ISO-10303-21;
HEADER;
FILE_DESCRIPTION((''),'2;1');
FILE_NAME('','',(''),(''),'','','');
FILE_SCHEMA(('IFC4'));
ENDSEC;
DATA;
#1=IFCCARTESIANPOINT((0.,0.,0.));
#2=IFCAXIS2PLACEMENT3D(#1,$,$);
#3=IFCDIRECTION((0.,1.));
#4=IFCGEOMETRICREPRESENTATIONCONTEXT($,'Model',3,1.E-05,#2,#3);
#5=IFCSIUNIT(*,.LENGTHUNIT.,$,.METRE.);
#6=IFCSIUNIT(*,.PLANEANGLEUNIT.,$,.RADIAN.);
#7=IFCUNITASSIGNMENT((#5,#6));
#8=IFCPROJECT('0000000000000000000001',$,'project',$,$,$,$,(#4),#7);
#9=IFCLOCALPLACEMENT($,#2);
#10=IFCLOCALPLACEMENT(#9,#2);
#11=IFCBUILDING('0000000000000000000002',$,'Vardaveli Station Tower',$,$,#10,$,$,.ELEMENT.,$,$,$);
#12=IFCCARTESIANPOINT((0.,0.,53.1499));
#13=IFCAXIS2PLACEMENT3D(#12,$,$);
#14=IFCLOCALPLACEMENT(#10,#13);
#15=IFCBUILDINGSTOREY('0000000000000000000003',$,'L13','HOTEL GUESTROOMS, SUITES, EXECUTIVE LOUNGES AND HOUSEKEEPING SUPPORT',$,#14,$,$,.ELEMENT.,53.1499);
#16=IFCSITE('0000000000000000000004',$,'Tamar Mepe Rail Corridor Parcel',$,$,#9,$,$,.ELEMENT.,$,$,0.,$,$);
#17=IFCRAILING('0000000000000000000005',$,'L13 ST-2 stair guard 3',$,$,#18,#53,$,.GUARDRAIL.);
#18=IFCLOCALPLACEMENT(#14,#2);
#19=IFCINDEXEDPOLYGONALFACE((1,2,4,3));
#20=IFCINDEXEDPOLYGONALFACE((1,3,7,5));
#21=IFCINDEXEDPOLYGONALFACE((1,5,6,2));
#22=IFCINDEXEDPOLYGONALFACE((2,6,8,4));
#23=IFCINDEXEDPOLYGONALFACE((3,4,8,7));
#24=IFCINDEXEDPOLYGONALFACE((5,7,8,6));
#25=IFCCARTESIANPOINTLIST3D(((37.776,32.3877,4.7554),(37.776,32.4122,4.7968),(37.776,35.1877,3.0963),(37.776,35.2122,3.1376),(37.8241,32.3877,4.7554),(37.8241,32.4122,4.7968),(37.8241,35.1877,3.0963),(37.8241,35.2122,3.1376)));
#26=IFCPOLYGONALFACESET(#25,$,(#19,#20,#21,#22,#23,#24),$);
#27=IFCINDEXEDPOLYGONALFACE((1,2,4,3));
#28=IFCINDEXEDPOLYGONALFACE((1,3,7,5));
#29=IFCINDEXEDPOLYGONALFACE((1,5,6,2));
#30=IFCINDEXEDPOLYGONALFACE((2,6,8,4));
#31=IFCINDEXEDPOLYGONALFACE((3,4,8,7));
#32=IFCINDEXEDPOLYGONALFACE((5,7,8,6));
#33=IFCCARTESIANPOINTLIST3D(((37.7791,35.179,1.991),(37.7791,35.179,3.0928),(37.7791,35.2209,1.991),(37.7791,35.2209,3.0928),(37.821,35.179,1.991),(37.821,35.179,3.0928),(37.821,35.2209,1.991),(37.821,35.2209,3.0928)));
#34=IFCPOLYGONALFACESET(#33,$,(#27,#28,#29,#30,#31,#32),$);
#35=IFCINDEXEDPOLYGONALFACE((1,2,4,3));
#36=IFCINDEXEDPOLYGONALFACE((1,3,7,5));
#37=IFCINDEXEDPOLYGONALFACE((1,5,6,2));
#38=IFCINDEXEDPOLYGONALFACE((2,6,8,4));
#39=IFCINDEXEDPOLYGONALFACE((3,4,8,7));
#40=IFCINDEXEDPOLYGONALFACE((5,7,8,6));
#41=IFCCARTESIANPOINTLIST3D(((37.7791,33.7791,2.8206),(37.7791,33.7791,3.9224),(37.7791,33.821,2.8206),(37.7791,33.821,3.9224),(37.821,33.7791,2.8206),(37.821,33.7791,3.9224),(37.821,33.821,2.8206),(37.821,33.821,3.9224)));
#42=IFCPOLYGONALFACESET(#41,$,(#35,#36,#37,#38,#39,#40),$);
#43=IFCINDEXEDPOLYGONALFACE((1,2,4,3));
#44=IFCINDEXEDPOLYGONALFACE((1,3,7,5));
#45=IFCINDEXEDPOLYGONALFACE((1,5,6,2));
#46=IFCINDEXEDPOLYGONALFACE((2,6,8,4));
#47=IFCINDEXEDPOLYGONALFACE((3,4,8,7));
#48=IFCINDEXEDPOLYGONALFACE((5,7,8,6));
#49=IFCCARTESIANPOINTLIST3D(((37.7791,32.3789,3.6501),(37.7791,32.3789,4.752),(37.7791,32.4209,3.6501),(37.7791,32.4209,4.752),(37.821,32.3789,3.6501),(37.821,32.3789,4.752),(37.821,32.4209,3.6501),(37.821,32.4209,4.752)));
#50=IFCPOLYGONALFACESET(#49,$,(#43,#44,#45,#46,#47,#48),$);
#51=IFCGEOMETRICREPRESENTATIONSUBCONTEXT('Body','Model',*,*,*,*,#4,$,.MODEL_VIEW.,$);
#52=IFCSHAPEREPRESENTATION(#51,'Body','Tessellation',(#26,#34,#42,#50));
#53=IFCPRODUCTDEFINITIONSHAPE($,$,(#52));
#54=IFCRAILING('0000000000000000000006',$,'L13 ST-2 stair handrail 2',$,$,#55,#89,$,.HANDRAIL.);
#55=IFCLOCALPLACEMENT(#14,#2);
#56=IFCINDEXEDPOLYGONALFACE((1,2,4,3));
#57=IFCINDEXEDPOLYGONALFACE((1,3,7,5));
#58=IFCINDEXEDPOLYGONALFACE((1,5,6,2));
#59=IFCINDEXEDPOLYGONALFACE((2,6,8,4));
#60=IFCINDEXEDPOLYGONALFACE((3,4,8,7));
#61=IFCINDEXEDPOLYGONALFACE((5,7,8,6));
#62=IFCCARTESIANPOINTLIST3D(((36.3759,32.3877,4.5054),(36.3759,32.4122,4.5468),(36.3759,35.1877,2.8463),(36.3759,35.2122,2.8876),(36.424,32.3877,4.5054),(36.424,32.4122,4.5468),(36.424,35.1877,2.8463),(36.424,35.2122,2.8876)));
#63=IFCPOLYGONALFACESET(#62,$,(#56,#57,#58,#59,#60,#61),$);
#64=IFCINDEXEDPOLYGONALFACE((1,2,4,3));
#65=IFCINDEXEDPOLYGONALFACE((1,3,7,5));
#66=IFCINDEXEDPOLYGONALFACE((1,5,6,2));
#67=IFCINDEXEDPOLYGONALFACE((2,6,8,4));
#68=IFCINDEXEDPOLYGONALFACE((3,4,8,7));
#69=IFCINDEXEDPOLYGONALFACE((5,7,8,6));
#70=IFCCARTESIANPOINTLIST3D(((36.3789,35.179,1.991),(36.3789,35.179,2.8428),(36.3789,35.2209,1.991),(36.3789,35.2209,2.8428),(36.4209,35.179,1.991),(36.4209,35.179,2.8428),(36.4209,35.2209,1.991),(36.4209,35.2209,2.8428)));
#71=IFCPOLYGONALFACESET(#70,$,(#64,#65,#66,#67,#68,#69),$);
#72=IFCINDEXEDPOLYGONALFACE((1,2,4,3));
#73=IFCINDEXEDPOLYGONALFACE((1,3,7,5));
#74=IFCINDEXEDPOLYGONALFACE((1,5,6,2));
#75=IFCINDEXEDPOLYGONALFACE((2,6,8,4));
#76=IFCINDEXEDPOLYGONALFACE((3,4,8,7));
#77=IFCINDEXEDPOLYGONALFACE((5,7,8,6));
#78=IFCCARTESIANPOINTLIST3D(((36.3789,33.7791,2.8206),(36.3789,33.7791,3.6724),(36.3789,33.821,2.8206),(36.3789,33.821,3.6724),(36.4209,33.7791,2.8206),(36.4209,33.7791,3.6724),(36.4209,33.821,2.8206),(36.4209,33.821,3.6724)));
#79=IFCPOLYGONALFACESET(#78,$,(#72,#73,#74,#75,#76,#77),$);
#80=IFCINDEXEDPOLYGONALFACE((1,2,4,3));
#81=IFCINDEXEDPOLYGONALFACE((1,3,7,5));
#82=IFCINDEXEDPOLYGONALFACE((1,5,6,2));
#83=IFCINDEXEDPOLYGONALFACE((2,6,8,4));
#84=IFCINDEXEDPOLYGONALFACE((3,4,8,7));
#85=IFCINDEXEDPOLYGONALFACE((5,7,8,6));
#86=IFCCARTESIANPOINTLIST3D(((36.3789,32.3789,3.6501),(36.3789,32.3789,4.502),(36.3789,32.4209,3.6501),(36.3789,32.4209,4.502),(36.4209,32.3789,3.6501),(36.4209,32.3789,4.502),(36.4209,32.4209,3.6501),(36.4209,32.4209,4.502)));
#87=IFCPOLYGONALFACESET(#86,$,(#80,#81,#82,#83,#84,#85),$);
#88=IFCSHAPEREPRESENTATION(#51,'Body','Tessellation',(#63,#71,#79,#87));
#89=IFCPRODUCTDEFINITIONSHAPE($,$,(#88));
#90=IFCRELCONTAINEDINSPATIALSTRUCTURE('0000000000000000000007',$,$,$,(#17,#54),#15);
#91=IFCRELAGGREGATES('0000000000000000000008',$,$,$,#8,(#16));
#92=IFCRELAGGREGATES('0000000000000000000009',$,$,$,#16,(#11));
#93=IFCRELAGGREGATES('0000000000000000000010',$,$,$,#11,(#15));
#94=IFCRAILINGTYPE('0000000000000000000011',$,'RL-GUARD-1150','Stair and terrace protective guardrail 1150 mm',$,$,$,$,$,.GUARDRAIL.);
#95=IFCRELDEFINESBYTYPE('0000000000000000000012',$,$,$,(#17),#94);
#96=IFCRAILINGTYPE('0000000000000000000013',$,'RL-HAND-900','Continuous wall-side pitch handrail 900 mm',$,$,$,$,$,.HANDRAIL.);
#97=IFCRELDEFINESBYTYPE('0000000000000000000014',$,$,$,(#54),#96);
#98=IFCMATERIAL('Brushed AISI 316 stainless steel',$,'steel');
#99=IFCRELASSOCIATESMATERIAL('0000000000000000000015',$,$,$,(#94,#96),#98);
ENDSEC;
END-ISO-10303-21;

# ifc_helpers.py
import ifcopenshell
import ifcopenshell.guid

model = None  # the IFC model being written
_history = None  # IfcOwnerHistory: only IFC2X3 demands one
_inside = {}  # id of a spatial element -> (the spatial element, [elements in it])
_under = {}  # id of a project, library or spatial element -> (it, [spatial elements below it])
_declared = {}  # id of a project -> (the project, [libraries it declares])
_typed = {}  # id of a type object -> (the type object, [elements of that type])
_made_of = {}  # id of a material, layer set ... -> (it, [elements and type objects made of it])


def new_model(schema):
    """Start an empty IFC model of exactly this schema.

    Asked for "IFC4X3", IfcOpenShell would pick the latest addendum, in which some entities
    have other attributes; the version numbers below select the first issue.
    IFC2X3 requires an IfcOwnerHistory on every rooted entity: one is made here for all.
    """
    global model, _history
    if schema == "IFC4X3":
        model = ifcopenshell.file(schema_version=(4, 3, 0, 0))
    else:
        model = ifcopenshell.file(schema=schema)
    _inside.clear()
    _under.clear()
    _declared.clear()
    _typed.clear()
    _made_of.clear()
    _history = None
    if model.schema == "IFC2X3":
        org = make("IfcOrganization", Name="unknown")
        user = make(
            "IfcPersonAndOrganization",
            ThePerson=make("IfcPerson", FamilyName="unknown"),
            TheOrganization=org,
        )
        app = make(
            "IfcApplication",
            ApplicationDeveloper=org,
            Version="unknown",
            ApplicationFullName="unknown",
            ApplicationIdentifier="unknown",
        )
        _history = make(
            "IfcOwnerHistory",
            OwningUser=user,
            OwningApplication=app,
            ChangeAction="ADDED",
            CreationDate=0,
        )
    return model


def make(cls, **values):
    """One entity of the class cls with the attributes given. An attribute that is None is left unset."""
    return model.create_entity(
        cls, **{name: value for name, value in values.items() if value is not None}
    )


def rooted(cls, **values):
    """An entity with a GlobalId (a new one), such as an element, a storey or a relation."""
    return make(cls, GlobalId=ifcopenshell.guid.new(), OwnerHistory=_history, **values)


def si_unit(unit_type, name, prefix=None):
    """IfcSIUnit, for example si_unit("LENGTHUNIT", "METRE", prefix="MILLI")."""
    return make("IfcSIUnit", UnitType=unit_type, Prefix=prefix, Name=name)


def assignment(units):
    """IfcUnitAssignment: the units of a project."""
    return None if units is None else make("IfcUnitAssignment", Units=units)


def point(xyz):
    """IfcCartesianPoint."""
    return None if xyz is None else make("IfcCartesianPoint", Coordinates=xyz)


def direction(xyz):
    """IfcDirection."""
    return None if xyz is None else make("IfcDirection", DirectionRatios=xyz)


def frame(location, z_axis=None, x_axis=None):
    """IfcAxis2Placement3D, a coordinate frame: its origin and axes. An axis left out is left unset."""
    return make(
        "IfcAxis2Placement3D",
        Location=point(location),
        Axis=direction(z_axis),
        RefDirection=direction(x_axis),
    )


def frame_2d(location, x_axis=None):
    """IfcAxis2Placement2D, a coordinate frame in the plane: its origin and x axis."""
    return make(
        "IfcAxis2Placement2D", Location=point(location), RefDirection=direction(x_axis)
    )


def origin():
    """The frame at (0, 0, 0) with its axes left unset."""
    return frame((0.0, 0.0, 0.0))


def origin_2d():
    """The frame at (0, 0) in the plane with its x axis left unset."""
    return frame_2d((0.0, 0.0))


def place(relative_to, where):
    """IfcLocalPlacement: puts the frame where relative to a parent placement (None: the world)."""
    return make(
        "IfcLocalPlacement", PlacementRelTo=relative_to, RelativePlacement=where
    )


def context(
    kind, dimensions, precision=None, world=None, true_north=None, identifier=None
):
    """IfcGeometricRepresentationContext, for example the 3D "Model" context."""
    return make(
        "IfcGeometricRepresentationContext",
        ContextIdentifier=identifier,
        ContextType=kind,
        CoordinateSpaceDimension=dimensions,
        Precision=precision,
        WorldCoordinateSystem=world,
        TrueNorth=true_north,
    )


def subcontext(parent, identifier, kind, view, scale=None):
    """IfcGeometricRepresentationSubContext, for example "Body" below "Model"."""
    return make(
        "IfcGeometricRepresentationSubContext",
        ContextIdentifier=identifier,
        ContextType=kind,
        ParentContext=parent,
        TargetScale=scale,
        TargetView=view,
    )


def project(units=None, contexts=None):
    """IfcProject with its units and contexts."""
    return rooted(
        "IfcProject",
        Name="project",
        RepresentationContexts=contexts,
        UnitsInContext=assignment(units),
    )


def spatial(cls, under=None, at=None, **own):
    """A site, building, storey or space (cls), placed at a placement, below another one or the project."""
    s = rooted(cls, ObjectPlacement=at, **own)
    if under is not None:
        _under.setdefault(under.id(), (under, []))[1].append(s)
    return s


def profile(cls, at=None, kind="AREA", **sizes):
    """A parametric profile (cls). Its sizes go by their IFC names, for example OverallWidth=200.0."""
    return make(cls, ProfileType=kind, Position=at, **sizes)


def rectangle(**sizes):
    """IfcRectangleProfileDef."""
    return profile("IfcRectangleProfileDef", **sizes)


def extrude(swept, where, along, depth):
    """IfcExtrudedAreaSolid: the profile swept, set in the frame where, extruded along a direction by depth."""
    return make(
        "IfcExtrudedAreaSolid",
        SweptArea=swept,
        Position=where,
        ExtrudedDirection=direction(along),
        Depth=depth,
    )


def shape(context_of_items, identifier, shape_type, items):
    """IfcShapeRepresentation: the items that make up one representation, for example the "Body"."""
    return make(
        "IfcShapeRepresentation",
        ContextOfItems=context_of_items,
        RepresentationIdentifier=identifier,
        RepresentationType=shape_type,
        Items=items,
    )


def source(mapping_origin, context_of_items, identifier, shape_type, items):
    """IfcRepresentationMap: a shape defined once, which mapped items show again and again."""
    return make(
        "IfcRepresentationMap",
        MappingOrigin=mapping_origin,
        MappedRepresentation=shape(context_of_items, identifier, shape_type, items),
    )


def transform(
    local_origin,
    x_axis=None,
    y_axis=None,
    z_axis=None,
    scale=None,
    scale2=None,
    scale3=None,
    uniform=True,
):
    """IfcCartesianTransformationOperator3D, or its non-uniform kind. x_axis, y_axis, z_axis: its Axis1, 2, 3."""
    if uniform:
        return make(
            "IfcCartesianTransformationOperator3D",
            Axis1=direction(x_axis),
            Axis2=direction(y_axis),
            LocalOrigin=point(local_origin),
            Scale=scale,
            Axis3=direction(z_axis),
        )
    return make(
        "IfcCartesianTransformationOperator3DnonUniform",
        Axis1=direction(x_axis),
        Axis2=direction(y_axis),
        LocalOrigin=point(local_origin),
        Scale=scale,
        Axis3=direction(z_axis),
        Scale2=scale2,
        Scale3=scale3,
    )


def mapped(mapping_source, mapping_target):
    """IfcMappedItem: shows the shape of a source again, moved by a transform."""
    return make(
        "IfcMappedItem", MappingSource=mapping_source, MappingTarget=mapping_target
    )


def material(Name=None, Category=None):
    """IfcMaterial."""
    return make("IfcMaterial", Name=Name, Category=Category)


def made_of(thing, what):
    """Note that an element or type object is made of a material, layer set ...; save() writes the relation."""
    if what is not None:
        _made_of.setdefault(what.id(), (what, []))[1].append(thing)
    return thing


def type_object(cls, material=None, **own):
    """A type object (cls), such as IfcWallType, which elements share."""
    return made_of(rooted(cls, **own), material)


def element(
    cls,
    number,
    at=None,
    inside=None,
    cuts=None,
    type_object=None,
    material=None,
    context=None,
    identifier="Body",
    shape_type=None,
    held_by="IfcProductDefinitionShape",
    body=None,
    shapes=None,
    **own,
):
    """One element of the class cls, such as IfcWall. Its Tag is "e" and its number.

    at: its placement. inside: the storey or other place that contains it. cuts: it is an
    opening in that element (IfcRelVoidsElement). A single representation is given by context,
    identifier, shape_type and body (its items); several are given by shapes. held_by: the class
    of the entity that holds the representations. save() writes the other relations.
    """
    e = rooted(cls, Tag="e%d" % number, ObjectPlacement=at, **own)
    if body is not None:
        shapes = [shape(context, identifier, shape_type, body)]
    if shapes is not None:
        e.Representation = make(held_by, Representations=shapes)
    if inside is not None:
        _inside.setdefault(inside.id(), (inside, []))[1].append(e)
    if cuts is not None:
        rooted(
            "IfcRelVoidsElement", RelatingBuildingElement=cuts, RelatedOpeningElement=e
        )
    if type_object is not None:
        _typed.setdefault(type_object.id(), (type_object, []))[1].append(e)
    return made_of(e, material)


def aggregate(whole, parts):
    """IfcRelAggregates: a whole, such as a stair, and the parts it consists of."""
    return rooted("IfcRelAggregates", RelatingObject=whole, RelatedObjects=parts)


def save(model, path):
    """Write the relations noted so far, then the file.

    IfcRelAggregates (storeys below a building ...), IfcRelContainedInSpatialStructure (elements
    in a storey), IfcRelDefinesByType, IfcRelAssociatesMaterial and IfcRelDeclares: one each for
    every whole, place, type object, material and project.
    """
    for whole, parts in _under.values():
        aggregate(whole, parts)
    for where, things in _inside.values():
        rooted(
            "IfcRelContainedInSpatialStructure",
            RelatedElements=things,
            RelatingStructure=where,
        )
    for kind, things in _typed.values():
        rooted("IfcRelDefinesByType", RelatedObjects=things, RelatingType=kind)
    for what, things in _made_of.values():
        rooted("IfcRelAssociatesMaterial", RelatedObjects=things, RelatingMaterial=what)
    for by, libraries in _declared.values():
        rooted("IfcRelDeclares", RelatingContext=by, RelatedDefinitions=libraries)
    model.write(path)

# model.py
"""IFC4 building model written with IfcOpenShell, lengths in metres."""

from ifc_helpers import new_model, si_unit, direction, frame, origin, origin_2d, place, context, subcontext, project, spatial, rectangle, extrude, source, transform, mapped, material, type_object, element, save


model = new_model("IFC4")

# Units and contexts
model_context = context("Model", 3, precision=1e-05, world=origin(), true_north=direction((0.0, 1.0)))
body_context = subcontext(model_context, "Body", "Model", "MODEL_VIEW")
ifc_project = project(units=[si_unit("LENGTHUNIT", "METRE"), si_unit("PLANEANGLEUNIT", "RADIAN")], contexts=[model_context])

# Site, building, storey
site_placement = place(None, origin())
site = spatial("IfcSite", under=ifc_project, at=site_placement, Name="Tamar Mepe Rail Corridor Parcel", CompositionType="ELEMENT", RefElevation=0.0)
building_placement = place(site_placement, origin())
building = spatial("IfcBuilding", under=site, at=building_placement, Name="Vardaveli Station Tower", CompositionType="ELEMENT")
storey_placement = place(building_placement, frame((0.0, 0.0, 53.1499)))
storey = spatial("IfcBuildingStorey", under=building, at=storey_placement, Name="L13", Description="HOTEL GUESTROOMS, SUITES, EXECUTIVE LOUNGES AND HOUSEKEEPING SUPPORT", CompositionType="ELEMENT", Elevation=53.1499)

# Railings
ifc_material_1 = material(Name="Brushed AISI 316 stainless steel", Category="steel")
railing_type_1 = type_object("IfcRailingType", Name="RL-GUARD-1150", Description="Stair and terrace protective guardrail 1150 mm", PredefinedType="GUARDRAIL", material=ifc_material_1)
shared_shape_1 = source(origin(), body_context, "Body", "SweptSolid", [
    extrude(rectangle(XDim=0.0481, YDim=0.0481, at=origin_2d()), frame((0.0, 0.0, 1.126), z_axis=(0.0, -0.860306, 0.509778), x_axis=(1.0, 0.0, 0.0)), (0.0, 0.0, 1.0), 3.2546),
    extrude(rectangle(XDim=0.042, YDim=0.042, at=origin_2d()), origin(), (0.0, 0.0, 1.0), 1.1018),
    extrude(rectangle(XDim=0.042, YDim=0.042, at=origin_2d()), frame((0.0, -1.3999, 0.8296)), (0.0, 0.0, 1.0), 1.1018),
    extrude(rectangle(XDim=0.042, YDim=0.042, at=origin_2d()), frame((0.0, -2.8, 1.6592)), (0.0, 0.0, 1.0), 1.1018),
])
railing_1_placement = place(storey_placement, frame((37.8, 35.2, 1.991)))
element("IfcRailing", 1, at=railing_1_placement, inside=storey, type_object=railing_type_1, Name="L13 ST-2 stair guard 3", PredefinedType="GUARDRAIL", context=body_context, shape_type="MappedRepresentation", body=[
    mapped(shared_shape_1, transform((0.0, 0.0, 0.0), scale=1.0)),
])
railing_type_2 = type_object("IfcRailingType", Name="RL-HAND-900", Description="Continuous wall-side pitch handrail 900 mm", PredefinedType="HANDRAIL", material=ifc_material_1)
shared_shape_2 = source(origin(), body_context, "Body", "SweptSolid", [
    extrude(rectangle(XDim=0.0481, YDim=0.0481, at=origin_2d()), frame((0.0, 0.0, 0.876), z_axis=(0.0, -0.860306, 0.509778), x_axis=(1.0, 0.0, 0.0)), (0.0, 0.0, 1.0), 3.2546),
    extrude(rectangle(XDim=0.042, YDim=0.042, at=origin_2d()), origin(), (0.0, 0.0, 1.0), 0.8518),
    extrude(rectangle(XDim=0.042, YDim=0.042, at=origin_2d()), frame((0.0, -1.3999, 0.8296)), (0.0, 0.0, 1.0), 0.8518),
    extrude(rectangle(XDim=0.042, YDim=0.042, at=origin_2d()), frame((0.0, -2.8, 1.6592)), (0.0, 0.0, 1.0), 0.8518),
])
railing_2_placement = place(storey_placement, frame((36.3999, 35.2, 1.991)))
element("IfcRailing", 2, at=railing_2_placement, inside=storey, type_object=railing_type_2, Name="L13 ST-2 stair handrail 2", PredefinedType="HANDRAIL", context=body_context, shape_type="MappedRepresentation", body=[
    mapped(shared_shape_2, transform((0.0, 0.0, 0.0), scale=1.0)),
])

save(model, "model.ifc")
